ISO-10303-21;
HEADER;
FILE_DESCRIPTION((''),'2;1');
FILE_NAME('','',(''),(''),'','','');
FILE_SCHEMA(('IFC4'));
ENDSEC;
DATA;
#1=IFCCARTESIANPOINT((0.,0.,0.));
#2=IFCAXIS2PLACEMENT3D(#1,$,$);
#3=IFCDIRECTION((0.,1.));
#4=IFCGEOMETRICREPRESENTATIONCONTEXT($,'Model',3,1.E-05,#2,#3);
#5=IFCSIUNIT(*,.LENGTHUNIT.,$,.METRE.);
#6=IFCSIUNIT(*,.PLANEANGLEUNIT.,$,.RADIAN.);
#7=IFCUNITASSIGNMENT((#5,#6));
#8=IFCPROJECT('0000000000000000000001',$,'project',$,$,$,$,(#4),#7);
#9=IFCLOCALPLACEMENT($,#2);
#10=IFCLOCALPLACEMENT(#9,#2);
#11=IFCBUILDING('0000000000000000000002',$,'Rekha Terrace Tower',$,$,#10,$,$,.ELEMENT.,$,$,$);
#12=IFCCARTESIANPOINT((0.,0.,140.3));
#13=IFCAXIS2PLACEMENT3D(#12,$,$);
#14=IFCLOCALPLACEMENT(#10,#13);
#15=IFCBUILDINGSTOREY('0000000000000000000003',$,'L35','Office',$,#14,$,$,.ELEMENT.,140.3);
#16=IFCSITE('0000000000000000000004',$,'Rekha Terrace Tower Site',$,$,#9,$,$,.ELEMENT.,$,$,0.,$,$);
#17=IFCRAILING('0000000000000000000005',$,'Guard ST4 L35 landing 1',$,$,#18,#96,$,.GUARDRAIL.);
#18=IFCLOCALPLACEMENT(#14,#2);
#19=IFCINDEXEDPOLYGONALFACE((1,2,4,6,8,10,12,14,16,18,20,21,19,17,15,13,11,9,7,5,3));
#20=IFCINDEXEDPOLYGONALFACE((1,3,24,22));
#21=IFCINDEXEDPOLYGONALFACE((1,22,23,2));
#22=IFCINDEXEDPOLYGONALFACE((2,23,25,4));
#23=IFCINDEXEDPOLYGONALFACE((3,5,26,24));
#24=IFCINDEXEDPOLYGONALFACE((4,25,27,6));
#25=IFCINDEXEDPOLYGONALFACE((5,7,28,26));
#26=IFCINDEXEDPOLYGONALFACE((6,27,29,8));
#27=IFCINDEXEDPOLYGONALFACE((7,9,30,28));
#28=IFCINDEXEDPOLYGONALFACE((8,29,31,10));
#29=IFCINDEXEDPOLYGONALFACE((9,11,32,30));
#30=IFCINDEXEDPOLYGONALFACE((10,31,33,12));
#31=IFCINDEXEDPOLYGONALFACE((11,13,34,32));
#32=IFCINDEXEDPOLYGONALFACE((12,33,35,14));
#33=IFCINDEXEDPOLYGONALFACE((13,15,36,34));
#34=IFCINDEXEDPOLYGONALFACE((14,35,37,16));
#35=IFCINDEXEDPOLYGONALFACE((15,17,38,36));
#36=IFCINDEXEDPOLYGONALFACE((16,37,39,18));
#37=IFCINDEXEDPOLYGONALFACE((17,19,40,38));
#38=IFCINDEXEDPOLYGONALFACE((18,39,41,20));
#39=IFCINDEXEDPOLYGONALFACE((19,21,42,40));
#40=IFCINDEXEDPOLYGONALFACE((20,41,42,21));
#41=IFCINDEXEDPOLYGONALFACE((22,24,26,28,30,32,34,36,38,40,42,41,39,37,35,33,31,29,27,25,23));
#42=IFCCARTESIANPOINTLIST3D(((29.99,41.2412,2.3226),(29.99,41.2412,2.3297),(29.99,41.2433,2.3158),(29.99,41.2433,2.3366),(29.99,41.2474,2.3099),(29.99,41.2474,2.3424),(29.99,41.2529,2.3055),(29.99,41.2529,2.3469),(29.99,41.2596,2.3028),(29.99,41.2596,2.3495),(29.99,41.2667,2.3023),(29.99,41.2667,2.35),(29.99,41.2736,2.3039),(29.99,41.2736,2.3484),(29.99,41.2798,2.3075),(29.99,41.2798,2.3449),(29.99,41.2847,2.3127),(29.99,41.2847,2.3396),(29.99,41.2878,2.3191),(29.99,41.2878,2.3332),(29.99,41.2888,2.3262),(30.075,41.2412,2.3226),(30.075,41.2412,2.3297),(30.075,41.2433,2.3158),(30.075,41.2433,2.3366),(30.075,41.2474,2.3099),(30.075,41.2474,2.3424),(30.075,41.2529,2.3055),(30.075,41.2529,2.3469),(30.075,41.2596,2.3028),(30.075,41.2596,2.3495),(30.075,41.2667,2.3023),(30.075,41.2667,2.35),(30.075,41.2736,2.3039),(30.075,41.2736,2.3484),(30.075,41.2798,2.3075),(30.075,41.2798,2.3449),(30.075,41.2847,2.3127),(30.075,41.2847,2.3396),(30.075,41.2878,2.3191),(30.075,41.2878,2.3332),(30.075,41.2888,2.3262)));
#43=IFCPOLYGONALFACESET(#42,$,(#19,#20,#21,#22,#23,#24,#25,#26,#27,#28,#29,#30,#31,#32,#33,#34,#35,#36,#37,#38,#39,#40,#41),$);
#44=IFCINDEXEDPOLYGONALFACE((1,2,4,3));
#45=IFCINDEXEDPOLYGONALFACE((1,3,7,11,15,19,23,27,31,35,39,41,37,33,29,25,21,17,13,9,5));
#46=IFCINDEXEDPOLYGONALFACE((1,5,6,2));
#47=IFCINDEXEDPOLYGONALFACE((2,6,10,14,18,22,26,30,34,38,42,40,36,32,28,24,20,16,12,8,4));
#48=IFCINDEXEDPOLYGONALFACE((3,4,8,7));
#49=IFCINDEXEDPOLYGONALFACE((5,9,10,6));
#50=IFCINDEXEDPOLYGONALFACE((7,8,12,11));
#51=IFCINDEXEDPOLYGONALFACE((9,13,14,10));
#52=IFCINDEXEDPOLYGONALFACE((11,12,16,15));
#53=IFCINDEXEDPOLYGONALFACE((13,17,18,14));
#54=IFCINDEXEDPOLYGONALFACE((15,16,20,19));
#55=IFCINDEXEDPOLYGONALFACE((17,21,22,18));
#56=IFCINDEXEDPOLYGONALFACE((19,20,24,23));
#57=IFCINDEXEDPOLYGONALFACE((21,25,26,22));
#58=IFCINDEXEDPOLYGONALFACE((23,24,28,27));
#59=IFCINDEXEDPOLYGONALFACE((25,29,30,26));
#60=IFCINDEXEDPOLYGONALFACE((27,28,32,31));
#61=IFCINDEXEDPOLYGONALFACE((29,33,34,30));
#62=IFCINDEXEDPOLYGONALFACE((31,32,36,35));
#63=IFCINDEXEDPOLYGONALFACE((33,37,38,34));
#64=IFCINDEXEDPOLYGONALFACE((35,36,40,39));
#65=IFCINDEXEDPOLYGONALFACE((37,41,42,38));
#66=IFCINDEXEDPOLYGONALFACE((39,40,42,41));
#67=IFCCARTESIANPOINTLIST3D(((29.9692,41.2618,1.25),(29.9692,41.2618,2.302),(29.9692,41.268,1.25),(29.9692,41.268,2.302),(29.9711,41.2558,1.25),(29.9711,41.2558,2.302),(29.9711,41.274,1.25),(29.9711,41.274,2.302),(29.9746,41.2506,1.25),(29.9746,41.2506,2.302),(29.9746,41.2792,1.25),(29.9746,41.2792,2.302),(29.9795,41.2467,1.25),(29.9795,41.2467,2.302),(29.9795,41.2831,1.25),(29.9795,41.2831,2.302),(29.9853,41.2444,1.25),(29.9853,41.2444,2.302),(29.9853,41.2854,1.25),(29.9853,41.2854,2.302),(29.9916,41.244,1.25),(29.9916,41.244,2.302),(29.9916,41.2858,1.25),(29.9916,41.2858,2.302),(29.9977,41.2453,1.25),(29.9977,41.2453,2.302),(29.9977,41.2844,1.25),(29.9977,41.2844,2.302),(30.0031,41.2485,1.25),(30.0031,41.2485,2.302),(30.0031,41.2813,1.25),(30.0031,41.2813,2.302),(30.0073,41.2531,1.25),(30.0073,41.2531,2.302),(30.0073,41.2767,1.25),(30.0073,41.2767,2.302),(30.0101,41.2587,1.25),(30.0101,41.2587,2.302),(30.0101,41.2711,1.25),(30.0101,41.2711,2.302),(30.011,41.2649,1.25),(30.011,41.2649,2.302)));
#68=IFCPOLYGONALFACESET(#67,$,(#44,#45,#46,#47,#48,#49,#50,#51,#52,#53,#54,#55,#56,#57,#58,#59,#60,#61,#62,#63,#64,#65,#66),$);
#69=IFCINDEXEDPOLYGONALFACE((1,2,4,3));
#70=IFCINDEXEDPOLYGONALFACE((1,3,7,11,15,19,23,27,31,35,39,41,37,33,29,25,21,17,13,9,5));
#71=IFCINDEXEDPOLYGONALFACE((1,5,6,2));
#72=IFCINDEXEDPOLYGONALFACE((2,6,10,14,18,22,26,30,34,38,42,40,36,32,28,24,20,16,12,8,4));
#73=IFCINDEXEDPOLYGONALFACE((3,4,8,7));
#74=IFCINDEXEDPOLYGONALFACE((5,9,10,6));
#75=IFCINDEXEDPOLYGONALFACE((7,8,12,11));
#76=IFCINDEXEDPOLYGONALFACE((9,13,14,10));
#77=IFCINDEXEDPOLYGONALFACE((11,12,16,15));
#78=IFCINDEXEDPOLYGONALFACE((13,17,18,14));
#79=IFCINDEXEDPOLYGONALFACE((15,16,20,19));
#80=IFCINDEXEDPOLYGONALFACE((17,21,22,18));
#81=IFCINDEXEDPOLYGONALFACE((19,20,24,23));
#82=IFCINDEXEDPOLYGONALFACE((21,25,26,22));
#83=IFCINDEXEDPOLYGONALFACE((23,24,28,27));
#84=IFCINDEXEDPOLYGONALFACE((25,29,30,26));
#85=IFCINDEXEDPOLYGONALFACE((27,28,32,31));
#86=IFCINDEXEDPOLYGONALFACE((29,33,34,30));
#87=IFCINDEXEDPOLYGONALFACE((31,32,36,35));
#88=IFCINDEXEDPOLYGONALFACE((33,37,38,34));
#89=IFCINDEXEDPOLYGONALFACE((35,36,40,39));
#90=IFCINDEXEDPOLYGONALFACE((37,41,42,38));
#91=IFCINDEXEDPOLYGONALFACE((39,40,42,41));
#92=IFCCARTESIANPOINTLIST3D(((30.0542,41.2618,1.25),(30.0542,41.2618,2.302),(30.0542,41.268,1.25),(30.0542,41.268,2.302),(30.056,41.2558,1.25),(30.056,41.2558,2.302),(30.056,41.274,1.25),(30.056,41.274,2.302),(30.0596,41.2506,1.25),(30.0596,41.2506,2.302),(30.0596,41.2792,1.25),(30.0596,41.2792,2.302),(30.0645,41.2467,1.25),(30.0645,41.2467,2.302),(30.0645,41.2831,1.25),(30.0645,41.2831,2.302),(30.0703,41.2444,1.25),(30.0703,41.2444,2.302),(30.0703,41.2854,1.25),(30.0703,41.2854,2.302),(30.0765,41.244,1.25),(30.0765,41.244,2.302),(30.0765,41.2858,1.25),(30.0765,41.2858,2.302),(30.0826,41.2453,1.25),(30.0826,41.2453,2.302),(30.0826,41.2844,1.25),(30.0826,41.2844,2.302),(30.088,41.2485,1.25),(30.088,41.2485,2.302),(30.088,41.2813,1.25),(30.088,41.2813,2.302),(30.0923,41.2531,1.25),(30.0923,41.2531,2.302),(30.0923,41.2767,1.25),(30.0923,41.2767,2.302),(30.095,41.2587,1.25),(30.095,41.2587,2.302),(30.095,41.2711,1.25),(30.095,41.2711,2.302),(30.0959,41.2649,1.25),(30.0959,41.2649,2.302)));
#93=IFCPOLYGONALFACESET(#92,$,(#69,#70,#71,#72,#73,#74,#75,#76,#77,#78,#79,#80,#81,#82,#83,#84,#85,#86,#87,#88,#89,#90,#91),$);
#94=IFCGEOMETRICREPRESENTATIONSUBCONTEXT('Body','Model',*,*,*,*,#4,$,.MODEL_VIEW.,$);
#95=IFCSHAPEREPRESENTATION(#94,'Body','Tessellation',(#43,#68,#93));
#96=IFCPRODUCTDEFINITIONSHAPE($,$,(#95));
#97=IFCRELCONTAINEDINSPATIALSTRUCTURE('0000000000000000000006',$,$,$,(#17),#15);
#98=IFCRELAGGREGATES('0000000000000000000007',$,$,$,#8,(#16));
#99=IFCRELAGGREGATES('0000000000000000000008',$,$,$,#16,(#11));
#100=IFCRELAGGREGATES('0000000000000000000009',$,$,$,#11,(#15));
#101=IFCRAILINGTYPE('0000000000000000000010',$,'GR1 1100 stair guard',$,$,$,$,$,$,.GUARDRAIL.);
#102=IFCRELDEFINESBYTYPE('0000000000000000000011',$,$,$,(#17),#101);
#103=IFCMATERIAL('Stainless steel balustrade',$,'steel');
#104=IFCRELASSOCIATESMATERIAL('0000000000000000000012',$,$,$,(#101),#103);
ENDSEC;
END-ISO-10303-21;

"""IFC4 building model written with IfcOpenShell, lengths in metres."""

from ifc_helpers import new_model, si_unit, direction, frame, origin, origin_2d, place, context, subcontext, project, spatial, circle, extrude, material, type_object, element, save


model = new_model("IFC4")

# Units and contexts
model_context = context("Model", 3, precision=1e-05, world=origin(), true_north=direction((0.0, 1.0)))
body_context = subcontext(model_context, "Body", "Model", "MODEL_VIEW")
ifc_project = project(units=[si_unit("LENGTHUNIT", "METRE"), si_unit("PLANEANGLEUNIT", "RADIAN")], contexts=[model_context])

# Site, building, storey
site_placement = place(None, origin())
site = spatial("IfcSite", under=ifc_project, at=site_placement, Name="Rekha Terrace Tower Site", CompositionType="ELEMENT", RefElevation=0.0)
building_placement = place(site_placement, origin())
building = spatial("IfcBuilding", under=site, at=building_placement, Name="Rekha Terrace Tower", CompositionType="ELEMENT")
storey_placement = place(building_placement, frame((0.0, 0.0, 140.3)))
storey = spatial("IfcBuildingStorey", under=building, at=storey_placement, Name="L35", Description="Office", CompositionType="ELEMENT", Elevation=140.3)

# Railing
ifc_material_1 = material(Name="Stainless steel balustrade", Category="steel")
railing_type_1 = type_object("IfcRailingType", Name="GR1 1100 stair guard", PredefinedType="GUARDRAIL", material=ifc_material_1)
railing_1_placement = place(storey_placement, frame((29.99, 41.2649, 1.25)))
element("IfcRailing", 1, at=railing_1_placement, inside=storey, type_object=railing_type_1, Name="Guard ST4 L35 landing 1", PredefinedType="GUARDRAIL", context=body_context, shape_type="SweptSolid", body=[
    extrude(circle(Radius=0.0239, at=origin_2d()), frame((0.0, 0.0, 1.0762), z_axis=(1.0, 0.0, 0.0), x_axis=(0.0, 1.0, 0.0)), (0.0, 0.0, 1.0), 0.085),
    extrude(circle(Radius=0.021, at=origin_2d()), origin(), (0.0, 0.0, 1.0), 1.052),
    extrude(circle(Radius=0.021, at=origin_2d()), frame((0.085, 0.0, 0.0)), (0.0, 0.0, 1.0), 1.052),
])

save(model, "model.ifc")
